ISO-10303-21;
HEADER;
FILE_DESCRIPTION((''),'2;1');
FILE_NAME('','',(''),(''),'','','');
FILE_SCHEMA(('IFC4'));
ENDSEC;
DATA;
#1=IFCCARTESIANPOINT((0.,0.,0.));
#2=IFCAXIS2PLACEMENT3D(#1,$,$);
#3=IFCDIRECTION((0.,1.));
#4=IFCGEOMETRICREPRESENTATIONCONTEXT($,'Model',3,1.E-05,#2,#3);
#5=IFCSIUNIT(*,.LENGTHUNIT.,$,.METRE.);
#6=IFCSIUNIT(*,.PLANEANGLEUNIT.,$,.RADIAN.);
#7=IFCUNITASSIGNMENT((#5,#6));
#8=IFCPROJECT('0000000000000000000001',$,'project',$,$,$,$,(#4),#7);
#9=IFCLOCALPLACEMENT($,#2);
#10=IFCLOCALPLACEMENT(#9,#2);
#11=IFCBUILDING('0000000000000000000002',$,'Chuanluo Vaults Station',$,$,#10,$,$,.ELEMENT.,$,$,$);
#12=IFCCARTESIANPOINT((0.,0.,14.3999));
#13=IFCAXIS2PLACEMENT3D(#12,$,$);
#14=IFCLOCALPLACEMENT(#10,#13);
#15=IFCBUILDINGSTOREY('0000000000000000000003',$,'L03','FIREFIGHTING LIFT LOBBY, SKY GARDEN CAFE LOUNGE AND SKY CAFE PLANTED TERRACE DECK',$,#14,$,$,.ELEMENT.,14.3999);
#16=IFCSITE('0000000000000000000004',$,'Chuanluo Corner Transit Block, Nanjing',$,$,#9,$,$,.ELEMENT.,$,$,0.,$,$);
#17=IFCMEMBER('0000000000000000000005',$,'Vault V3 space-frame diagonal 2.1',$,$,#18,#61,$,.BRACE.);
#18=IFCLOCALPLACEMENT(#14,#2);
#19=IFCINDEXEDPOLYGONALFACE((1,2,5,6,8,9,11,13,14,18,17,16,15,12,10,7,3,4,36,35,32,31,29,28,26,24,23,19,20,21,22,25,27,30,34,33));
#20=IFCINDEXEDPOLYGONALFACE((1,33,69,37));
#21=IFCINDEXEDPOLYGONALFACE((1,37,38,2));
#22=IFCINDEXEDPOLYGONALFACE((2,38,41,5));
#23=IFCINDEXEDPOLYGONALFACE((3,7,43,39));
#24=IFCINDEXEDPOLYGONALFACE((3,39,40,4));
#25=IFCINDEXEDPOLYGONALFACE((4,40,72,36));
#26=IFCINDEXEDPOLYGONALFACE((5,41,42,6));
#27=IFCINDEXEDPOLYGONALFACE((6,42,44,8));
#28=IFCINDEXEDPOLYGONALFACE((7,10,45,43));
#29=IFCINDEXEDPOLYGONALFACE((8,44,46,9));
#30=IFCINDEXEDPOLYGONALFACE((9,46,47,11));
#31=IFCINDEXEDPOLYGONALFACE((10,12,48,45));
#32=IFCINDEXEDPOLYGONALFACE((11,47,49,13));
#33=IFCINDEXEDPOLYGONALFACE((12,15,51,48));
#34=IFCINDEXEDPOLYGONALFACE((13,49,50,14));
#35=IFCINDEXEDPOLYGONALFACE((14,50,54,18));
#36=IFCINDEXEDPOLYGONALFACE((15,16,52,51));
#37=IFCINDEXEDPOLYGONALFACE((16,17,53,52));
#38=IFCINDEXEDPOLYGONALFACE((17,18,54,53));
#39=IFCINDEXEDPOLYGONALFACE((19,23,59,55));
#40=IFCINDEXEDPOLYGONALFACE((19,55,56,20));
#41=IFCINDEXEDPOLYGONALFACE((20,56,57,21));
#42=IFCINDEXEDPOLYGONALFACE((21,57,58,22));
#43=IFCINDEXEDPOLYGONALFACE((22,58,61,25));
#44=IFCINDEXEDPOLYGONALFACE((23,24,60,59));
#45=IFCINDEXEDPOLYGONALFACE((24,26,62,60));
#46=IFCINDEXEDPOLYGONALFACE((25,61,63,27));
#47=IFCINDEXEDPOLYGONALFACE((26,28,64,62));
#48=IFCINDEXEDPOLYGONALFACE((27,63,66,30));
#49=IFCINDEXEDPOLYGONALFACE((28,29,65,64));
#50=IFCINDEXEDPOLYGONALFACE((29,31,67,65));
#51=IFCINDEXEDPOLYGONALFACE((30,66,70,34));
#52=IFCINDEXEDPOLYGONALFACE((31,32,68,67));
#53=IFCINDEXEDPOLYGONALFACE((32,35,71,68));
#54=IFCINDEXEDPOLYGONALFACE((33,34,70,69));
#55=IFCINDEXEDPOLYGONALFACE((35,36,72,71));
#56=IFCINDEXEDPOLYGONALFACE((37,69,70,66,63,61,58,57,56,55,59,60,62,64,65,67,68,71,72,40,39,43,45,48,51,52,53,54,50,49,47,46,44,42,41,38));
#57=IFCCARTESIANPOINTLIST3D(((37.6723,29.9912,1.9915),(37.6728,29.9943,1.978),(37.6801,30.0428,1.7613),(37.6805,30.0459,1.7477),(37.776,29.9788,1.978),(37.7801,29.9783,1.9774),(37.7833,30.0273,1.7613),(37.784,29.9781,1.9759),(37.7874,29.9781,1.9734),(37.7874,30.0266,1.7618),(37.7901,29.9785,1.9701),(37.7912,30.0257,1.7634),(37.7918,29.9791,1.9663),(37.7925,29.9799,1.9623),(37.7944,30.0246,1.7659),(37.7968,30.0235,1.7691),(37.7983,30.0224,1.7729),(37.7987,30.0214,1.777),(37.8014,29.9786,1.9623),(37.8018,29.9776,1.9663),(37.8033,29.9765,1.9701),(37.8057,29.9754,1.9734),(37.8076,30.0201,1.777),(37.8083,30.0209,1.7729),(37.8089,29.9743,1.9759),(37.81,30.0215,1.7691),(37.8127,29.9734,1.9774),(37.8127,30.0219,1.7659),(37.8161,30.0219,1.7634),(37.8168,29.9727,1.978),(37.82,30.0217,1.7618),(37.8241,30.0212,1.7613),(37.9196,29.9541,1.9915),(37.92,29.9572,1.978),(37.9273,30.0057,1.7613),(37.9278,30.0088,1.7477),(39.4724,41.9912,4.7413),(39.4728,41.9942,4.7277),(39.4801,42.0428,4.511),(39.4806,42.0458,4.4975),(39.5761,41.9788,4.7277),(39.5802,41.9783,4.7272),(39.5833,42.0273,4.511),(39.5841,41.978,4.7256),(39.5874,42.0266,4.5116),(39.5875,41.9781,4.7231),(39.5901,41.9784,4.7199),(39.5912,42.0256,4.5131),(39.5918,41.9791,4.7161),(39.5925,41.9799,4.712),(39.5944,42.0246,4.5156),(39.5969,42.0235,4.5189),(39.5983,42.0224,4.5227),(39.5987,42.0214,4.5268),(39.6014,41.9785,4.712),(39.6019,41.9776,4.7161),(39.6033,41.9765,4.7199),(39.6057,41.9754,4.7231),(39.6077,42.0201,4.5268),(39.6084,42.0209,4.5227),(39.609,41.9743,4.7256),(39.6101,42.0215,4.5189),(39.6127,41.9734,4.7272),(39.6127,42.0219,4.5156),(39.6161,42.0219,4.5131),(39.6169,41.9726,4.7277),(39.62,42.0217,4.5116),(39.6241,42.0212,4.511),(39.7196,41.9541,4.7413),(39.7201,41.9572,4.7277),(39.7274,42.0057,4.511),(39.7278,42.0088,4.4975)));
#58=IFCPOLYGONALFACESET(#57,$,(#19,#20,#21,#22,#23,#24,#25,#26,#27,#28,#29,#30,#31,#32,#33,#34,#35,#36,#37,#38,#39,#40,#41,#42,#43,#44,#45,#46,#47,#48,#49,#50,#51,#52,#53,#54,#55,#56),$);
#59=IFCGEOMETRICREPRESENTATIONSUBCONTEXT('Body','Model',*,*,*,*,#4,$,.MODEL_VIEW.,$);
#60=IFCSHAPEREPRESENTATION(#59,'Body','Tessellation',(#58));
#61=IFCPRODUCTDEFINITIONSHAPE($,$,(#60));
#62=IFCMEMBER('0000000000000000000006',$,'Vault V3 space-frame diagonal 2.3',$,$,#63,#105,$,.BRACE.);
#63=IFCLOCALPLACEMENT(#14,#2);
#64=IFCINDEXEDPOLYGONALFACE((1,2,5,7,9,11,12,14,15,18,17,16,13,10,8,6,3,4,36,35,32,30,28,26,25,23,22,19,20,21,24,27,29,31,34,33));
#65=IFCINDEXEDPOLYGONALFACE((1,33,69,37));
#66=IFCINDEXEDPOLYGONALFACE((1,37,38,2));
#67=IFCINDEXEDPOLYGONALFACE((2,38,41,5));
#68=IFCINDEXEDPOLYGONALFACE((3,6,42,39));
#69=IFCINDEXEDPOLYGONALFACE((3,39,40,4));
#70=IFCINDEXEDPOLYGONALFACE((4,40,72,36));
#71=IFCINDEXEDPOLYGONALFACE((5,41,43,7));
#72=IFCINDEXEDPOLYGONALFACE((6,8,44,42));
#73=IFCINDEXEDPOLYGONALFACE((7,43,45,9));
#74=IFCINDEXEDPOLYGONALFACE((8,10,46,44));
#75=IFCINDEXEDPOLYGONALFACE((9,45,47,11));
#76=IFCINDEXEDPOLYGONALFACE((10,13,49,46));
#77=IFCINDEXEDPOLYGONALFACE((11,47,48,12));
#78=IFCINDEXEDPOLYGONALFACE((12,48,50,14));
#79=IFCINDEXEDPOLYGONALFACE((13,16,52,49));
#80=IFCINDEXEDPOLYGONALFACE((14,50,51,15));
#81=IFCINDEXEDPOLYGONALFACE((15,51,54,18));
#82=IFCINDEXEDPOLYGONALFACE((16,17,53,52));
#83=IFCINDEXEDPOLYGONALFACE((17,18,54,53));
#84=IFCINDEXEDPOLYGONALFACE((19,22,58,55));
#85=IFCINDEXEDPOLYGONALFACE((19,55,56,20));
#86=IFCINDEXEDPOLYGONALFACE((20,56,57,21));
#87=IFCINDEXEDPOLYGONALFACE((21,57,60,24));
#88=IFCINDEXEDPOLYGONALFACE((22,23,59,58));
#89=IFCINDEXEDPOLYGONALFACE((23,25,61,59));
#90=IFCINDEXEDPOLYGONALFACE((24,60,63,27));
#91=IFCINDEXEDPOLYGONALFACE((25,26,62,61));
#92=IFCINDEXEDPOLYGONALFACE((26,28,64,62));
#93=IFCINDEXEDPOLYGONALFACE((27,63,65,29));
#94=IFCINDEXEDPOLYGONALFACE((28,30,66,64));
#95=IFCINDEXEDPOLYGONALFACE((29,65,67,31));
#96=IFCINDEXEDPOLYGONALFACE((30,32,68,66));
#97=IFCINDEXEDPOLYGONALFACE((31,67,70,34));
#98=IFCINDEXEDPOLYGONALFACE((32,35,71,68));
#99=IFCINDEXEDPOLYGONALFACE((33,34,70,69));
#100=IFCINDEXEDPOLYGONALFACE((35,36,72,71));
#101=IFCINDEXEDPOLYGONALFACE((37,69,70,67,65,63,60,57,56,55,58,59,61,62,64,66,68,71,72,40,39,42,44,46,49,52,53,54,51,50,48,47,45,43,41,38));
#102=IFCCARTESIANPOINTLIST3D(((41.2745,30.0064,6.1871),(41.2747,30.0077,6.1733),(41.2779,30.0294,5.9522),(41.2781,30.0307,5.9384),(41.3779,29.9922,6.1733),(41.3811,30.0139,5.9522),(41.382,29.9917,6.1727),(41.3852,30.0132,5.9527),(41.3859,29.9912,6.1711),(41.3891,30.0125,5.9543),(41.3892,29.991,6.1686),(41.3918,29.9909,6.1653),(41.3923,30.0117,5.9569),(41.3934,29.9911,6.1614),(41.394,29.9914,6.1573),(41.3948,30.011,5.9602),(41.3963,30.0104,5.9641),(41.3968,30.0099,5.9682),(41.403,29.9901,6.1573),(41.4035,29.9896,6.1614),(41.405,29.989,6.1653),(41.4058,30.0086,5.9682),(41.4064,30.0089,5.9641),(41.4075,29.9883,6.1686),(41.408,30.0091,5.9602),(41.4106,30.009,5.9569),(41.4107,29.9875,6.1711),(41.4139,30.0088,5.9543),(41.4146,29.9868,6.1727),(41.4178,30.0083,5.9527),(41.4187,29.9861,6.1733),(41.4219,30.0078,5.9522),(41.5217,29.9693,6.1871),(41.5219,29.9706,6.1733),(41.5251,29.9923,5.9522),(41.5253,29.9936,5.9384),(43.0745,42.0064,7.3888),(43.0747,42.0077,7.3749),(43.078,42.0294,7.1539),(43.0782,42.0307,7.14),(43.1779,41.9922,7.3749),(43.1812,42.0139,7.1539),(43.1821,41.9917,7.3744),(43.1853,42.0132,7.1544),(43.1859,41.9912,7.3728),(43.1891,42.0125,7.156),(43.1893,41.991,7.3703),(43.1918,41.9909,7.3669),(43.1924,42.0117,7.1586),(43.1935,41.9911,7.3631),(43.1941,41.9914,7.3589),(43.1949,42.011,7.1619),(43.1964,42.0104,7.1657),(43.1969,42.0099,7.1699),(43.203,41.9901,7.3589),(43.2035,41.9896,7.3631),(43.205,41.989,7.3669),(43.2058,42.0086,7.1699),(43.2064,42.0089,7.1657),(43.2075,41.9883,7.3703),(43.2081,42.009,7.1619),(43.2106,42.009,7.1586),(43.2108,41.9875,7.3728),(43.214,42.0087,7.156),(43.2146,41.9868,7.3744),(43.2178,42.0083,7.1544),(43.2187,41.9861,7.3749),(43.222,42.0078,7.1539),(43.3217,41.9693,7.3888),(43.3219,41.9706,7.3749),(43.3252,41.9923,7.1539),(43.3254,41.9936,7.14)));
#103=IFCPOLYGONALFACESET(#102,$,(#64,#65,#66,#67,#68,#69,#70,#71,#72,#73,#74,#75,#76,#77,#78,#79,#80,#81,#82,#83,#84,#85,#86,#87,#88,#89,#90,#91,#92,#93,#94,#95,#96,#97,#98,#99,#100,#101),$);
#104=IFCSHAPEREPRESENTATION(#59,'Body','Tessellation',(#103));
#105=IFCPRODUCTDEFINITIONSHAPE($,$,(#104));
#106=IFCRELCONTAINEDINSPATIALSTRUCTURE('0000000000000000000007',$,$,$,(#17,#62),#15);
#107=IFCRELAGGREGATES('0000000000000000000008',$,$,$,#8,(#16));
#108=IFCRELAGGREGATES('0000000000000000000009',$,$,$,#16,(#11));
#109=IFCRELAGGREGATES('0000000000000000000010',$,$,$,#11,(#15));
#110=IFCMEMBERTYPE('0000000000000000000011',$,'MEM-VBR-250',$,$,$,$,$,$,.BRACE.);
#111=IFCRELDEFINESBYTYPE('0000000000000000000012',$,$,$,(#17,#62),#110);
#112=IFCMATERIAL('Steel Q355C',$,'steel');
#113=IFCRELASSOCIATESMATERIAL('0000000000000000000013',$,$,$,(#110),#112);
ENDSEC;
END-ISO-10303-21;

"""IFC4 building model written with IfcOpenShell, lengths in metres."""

from ifc_helpers import new_model, si_unit, direction, frame, origin, origin_2d, place, context, subcontext, project, spatial, i_section, extrude, material, material_profile, profile_set, type_object, element, save


model = new_model("IFC4")

# Units and contexts
model_context = context("Model", 3, precision=1e-05, world=origin(), true_north=direction((0.0, 1.0)))
body_context = subcontext(model_context, "Body", "Model", "MODEL_VIEW")
ifc_project = project(units=[si_unit("LENGTHUNIT", "METRE"), si_unit("PLANEANGLEUNIT", "RADIAN")], contexts=[model_context])

# Site, building, storey
site_placement = place(None, origin())
site = spatial("IfcSite", under=ifc_project, at=site_placement, Name="Chuanluo Corner Transit Block, Nanjing", CompositionType="ELEMENT", RefElevation=0.0)
building_placement = place(site_placement, origin())
building = spatial("IfcBuilding", under=site, at=building_placement, Name="Chuanluo Vaults Station", CompositionType="ELEMENT")
storey_placement = place(building_placement, frame((0.0, 0.0, 14.3999)))
storey = spatial("IfcBuildingStorey", under=building, at=storey_placement, Name="L03", Description="FIREFIGHTING LIFT LOBBY, SKY GARDEN CAFE LOUNGE AND SKY CAFE PLANTED TERRACE DECK", CompositionType="ELEMENT", Elevation=14.3999)

# Members
ifc_material_1 = material(Name="Steel Q355C", Category="steel")
ifc_material_profile_1 = material_profile(ifc_material_1, i_section(OverallWidth=0.25, OverallDepth=0.25, WebThickness=0.009, FlangeThickness=0.0139, FilletRadius=0.0161, at=origin_2d()))
ifc_profile_set_1 = profile_set([ifc_material_profile_1], Name="Steel Q355C")
member_type_1 = type_object("IfcMemberType", Name="MEM-VBR-250", PredefinedType="BRACE", material=ifc_profile_set_1)
member_1_placement = place(storey_placement, frame((37.8, 30.0, 1.8696), z_axis=(0.144676, 0.964481, 0.221007), x_axis=(-0.988936, 0.148344, 0.0)))
element("IfcMember", 1, at=member_1_placement, inside=storey, type_object=member_type_1, Name="Vault V3 space-frame diagonal 2.1", PredefinedType="BRACE", context=body_context, shape_type="SweptSolid", body=[
    extrude(i_section(OverallWidth=0.25, OverallDepth=0.25, WebThickness=0.009, FlangeThickness=0.0139, FilletRadius=0.0161, at=origin_2d()), origin(), (0.0, 0.0, 1.0), 12.4419),
])
member_2_placement = place(storey_placement, frame((41.3999, 30.0, 6.0627), z_axis=(0.147622, 0.984122, 0.098548), x_axis=(-0.988936, 0.148344, 0.0)))
element("IfcMember", 2, at=member_2_placement, inside=storey, type_object=member_type_1, Name="Vault V3 space-frame diagonal 2.3", PredefinedType="BRACE", context=body_context, shape_type="SweptSolid", body=[
    extrude(i_section(OverallWidth=0.25, OverallDepth=0.25, WebThickness=0.009, FlangeThickness=0.0139, FilletRadius=0.0161, at=origin_2d()), origin(), (0.0, 0.0, 1.0), 12.1936),
])

save(model, "model.ifc")
